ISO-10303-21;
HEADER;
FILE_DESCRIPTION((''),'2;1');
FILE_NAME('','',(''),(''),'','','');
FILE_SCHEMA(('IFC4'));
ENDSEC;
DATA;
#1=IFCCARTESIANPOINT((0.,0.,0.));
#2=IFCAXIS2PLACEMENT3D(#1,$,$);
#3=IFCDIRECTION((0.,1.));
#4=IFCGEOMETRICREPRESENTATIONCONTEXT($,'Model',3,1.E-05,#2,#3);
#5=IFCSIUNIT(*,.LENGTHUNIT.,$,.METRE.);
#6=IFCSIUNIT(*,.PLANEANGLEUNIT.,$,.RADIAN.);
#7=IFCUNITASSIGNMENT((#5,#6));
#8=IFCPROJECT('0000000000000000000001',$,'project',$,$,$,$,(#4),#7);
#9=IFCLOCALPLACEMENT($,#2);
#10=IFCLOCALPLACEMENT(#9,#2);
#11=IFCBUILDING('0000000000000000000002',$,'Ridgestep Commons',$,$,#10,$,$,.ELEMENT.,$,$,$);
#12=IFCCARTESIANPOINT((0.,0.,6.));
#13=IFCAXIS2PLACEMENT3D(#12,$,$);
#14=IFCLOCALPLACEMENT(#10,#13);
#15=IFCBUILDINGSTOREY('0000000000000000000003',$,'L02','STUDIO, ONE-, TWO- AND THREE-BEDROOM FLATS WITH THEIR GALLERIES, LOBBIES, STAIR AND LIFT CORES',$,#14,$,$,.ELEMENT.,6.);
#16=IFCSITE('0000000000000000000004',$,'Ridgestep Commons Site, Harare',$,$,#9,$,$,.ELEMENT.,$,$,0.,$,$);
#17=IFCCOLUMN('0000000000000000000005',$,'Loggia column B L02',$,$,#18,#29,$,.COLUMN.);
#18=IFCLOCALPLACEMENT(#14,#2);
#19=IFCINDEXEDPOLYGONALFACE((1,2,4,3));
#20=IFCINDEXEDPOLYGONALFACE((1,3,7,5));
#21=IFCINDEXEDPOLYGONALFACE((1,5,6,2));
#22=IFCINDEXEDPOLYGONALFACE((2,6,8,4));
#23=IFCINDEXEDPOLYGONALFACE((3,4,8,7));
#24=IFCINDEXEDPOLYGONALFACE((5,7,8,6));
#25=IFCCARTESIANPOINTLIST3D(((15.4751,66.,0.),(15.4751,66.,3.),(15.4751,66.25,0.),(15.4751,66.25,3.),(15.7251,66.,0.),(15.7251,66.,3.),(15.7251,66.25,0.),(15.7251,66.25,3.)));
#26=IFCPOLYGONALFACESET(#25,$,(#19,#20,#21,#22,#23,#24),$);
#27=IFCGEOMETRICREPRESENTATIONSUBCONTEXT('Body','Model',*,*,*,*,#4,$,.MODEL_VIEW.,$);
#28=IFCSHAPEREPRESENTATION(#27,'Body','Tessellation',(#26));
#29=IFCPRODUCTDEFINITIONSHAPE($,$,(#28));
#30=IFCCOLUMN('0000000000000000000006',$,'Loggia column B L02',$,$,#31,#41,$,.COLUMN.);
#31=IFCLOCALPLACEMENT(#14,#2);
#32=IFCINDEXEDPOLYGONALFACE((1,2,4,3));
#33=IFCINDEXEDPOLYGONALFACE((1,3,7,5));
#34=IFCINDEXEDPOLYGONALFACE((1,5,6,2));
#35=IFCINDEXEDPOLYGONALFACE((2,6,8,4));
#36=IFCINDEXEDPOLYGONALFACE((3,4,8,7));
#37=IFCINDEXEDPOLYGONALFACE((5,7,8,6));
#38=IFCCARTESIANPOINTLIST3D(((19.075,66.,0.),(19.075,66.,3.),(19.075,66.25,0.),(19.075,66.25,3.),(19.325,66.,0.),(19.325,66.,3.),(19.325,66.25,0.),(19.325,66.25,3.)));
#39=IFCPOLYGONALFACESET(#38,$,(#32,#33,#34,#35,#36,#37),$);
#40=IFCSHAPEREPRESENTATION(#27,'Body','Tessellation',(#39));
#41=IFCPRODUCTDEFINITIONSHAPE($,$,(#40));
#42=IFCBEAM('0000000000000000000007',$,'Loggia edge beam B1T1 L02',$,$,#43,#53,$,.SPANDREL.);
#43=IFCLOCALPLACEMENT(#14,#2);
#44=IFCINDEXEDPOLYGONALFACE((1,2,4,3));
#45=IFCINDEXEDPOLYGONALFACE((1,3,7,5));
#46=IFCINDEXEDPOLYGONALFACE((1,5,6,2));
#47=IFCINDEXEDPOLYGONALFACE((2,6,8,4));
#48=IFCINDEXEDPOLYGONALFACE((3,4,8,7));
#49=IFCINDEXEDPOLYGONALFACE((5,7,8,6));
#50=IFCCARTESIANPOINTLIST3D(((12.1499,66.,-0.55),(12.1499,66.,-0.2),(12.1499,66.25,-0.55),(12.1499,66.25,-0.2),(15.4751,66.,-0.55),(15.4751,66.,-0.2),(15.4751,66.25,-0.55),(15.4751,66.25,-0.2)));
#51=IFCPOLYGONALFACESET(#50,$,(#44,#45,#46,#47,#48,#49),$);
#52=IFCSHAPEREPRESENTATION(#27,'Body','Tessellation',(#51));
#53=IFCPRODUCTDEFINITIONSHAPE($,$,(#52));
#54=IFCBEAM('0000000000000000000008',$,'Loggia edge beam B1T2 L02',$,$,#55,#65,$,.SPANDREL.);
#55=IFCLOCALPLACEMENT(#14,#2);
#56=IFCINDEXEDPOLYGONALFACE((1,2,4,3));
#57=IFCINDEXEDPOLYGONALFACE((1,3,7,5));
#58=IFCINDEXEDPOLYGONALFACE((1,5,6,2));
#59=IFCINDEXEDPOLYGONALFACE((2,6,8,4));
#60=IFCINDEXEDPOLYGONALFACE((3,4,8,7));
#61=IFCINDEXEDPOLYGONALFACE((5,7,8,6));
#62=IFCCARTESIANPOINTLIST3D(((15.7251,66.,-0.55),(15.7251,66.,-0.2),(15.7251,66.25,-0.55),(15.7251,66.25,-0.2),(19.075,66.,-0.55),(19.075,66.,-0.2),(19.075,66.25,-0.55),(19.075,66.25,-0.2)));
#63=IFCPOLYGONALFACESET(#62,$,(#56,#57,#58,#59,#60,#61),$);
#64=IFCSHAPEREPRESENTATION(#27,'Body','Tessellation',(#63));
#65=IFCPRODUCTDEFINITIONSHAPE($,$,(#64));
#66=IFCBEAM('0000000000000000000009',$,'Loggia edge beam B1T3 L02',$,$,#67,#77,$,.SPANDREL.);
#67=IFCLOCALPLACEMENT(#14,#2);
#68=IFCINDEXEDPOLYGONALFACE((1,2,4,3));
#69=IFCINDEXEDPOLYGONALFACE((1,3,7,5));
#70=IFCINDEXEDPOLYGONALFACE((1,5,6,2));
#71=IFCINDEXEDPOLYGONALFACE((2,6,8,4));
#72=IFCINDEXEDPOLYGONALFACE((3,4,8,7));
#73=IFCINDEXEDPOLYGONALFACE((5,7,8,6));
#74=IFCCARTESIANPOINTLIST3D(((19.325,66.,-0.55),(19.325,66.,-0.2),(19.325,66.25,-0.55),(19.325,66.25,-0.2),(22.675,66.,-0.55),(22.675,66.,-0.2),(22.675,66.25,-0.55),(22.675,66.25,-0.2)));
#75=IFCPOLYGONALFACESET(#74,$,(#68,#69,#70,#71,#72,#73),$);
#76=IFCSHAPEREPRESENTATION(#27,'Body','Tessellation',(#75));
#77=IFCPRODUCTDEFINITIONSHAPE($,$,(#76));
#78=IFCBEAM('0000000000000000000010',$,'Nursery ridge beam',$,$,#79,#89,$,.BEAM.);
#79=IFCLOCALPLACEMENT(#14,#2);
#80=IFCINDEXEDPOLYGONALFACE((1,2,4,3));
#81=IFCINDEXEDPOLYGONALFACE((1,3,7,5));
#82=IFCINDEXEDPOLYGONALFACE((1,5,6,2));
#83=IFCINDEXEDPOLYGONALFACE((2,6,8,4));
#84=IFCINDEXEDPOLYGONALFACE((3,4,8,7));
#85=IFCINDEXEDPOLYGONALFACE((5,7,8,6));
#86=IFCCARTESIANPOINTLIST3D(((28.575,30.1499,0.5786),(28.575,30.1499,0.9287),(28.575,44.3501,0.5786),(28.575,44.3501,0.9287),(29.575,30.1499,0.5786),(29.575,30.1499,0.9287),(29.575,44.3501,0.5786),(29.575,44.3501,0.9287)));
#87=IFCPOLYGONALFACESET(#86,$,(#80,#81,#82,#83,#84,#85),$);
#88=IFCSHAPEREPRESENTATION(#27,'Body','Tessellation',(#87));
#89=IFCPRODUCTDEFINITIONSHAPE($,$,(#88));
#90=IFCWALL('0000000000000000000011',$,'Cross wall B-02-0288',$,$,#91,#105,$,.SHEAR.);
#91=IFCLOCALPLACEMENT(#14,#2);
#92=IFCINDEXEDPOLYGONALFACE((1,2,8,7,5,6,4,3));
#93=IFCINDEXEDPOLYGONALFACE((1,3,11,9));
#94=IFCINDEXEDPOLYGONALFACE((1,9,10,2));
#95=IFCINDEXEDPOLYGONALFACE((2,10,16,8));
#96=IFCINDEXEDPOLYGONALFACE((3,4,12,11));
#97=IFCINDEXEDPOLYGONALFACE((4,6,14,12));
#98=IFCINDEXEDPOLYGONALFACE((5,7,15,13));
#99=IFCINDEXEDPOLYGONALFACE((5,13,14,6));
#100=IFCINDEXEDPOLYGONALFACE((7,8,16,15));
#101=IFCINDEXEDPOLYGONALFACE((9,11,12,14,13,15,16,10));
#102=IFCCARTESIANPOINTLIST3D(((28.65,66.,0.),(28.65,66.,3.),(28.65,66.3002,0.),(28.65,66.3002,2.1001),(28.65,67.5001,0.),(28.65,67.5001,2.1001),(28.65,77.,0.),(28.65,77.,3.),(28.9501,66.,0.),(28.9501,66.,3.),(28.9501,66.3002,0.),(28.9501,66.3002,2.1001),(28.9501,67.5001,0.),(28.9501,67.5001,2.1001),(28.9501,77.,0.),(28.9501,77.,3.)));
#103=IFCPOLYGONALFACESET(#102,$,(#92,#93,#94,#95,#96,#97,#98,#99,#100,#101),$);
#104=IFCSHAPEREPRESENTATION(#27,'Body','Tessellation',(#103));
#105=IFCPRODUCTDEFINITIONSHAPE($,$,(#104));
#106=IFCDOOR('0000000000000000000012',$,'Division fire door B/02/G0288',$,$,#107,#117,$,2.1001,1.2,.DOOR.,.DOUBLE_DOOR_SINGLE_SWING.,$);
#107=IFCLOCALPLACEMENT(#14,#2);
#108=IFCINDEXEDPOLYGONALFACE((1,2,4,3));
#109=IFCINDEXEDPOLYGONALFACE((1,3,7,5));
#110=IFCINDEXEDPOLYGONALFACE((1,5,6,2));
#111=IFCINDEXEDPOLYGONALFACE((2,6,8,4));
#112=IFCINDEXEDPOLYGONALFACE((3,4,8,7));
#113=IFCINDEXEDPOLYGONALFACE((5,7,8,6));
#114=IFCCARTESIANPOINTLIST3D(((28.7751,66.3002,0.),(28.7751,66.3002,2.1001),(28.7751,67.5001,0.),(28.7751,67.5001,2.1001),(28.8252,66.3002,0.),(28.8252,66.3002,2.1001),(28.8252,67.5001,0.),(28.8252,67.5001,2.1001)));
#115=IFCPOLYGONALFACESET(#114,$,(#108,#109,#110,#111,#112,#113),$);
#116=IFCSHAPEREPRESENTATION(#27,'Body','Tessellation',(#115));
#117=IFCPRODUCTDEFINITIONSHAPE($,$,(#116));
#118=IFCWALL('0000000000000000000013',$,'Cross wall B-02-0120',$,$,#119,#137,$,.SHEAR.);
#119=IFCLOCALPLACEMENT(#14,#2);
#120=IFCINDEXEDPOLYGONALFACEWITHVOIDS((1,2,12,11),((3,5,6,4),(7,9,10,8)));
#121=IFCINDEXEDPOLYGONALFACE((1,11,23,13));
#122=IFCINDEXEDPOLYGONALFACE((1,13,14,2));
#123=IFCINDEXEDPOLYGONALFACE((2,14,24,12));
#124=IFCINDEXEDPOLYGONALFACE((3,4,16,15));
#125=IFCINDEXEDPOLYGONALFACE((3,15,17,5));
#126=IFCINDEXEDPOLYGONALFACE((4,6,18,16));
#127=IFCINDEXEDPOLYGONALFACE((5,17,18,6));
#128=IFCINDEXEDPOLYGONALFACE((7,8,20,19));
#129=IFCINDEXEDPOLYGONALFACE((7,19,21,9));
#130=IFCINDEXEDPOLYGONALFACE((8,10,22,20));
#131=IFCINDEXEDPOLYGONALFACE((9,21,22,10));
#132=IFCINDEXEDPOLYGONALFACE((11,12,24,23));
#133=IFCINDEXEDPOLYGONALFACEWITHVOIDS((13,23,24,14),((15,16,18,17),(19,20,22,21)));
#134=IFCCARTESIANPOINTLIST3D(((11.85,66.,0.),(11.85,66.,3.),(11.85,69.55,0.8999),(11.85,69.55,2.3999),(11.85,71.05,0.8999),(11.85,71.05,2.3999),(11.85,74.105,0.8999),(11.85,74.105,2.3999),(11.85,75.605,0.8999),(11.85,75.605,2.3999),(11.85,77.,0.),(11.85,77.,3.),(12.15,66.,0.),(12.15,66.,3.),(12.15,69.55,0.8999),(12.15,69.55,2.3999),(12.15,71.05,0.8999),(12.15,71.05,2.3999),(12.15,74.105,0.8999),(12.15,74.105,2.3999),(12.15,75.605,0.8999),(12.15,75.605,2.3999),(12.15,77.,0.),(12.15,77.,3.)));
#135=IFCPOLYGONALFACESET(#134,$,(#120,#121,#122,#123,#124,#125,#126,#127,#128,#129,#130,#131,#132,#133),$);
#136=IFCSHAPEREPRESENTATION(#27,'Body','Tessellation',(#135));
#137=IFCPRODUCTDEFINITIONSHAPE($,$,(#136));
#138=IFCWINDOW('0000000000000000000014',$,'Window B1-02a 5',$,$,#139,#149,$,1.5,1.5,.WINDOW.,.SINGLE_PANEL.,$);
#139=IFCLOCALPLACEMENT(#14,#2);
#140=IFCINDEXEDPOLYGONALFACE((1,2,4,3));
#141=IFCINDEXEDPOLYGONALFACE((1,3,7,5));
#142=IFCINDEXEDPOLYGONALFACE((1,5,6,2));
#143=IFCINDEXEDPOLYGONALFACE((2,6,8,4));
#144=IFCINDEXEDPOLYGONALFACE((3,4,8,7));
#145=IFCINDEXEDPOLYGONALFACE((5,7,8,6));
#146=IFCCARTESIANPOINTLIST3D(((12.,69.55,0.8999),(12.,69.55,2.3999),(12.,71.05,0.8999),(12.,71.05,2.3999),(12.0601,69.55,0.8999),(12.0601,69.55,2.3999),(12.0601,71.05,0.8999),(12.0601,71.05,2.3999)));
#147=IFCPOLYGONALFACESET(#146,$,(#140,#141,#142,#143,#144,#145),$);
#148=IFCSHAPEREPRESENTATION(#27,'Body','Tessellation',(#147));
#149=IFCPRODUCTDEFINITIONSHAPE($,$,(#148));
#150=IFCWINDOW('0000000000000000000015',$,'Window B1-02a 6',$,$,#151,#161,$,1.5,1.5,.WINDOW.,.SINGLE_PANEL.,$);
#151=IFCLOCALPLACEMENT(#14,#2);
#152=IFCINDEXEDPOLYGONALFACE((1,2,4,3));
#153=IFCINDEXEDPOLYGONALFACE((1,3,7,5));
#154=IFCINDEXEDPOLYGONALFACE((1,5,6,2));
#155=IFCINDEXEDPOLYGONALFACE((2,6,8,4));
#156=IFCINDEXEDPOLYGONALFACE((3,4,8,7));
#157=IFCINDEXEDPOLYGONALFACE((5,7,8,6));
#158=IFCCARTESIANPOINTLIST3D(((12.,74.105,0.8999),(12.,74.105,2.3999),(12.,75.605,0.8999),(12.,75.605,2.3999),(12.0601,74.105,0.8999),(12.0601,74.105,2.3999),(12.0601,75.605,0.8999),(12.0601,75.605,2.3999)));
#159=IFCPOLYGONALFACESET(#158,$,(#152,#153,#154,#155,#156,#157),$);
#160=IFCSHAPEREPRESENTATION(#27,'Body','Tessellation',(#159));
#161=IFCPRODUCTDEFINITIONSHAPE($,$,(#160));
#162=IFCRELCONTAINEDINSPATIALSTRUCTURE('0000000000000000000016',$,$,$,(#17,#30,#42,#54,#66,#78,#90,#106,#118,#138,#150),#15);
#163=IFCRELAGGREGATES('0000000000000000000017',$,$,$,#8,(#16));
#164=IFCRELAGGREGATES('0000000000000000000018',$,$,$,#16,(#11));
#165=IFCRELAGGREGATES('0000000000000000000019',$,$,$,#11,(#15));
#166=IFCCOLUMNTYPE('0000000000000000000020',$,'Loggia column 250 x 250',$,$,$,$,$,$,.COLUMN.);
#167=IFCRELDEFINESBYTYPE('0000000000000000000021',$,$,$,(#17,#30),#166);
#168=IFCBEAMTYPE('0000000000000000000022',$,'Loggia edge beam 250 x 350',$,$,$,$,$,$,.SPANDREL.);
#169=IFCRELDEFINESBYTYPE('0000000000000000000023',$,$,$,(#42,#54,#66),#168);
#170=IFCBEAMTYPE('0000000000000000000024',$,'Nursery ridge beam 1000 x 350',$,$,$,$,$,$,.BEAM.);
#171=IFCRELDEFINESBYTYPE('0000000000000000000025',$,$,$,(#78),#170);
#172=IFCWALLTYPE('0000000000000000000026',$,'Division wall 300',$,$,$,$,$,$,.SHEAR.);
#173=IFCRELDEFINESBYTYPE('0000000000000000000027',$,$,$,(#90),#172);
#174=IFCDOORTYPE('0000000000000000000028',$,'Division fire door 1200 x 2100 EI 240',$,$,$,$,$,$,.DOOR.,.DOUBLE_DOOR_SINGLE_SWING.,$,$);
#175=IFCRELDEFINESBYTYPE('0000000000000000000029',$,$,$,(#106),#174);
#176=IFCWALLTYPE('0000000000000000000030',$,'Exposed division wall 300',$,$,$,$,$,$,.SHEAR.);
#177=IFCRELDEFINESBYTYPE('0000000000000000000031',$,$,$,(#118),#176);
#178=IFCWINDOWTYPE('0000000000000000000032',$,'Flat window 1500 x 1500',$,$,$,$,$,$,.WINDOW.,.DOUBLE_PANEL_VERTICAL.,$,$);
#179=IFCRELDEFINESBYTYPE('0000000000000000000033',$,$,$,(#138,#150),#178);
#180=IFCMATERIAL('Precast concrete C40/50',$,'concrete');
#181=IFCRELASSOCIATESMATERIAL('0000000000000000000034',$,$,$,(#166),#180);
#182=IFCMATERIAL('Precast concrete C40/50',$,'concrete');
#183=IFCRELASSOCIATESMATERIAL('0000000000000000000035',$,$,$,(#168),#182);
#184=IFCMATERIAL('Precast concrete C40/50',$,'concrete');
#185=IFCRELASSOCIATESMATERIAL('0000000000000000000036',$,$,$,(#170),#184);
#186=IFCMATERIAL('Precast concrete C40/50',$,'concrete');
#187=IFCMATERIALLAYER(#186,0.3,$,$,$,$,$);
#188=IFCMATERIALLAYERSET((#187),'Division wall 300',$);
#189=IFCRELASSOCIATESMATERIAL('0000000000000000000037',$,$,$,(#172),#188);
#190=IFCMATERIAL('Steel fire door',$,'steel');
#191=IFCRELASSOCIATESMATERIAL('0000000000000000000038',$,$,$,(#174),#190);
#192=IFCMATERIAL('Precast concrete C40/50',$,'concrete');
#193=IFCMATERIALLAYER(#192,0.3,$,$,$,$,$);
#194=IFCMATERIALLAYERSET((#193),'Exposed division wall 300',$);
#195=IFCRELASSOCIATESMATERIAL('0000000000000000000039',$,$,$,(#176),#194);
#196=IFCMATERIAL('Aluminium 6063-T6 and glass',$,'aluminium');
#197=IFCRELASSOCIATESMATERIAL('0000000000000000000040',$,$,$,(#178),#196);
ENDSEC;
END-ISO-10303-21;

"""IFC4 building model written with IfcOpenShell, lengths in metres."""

from ifc_helpers import new_model, si_unit, direction, frame, frame_2d, origin, origin_2d, place, context, subcontext, project, spatial, rectangle, extrude, material, layer, layer_set, material_profile, profile_set, type_object, element, fill, save


model = new_model("IFC4")

# Units and contexts
model_context = context("Model", 3, precision=1e-05, world=origin(), true_north=direction((0.0, 1.0)))
body_context = subcontext(model_context, "Body", "Model", "MODEL_VIEW")
ifc_project = project(units=[si_unit("LENGTHUNIT", "METRE"), si_unit("PLANEANGLEUNIT", "RADIAN")], contexts=[model_context])

# Site, building, storey
site_placement = place(None, origin())
site = spatial("IfcSite", under=ifc_project, at=site_placement, Name="Ridgestep Commons Site, Harare", CompositionType="ELEMENT", RefElevation=0.0)
building_placement = place(site_placement, origin())
building = spatial("IfcBuilding", under=site, at=building_placement, Name="Ridgestep Commons", CompositionType="ELEMENT")
storey_placement = place(building_placement, frame((0.0, 0.0, 6.0)))
storey = spatial("IfcBuildingStorey", under=building, at=storey_placement, Name="L02", Description="STUDIO, ONE-, TWO- AND THREE-BEDROOM FLATS WITH THEIR GALLERIES, LOBBIES, STAIR AND LIFT CORES", CompositionType="ELEMENT", Elevation=6.0)

# Columns
ifc_material_1 = material(Name="Precast concrete C40/50", Category="concrete")
ifc_material_profile_1 = material_profile(ifc_material_1, rectangle(XDim=0.25, YDim=0.25, at=origin_2d()), Name="PC 250x250")
ifc_profile_set_1 = profile_set([ifc_material_profile_1], Name="Precast concrete C40/50")
column_type = type_object("IfcColumnType", Name="Loggia column 250 x 250", PredefinedType="COLUMN", material=ifc_profile_set_1)
for number, where, z_axis, x_axis, name in (
    (1, (15.6001, 66.125, 0.0), (0.0, 0.0, 1.0), (1.0, 0.0, 0.0), "Loggia column B L02"),
    (2, (19.2, 66.125, 0.0), (0.0, 0.0, 1.0), (1.0, 0.0, 0.0), "Loggia column B L02"),
):
    element("IfcColumn", number, at=place(storey_placement, frame(where, z_axis=z_axis, x_axis=x_axis)), inside=storey, type_object=column_type, Name=name, PredefinedType="COLUMN", context=body_context, shape_type="SweptSolid", body=[
        extrude(rectangle(XDim=0.25, YDim=0.25, at=origin_2d()), origin(), (0.0, 0.0, 1.0), 3.0),
    ])

# Beams
ifc_material_2 = material(Name="Precast concrete C40/50", Category="concrete")
ifc_material_profile_2 = material_profile(ifc_material_2, rectangle(XDim=0.25, YDim=0.3501, at=origin_2d()), Name="PC 250x350")
ifc_profile_set_2 = profile_set([ifc_material_profile_2], Name="Precast concrete C40/50")
beam_type_1 = type_object("IfcBeamType", Name="Loggia edge beam 250 x 350", PredefinedType="SPANDREL", material=ifc_profile_set_2)
beam_1_placement = place(storey_placement, frame((12.1499, 66.125, -0.375), z_axis=(1.0, 0.0, 0.0), x_axis=(0.0, 1.0, 0.0)))
element("IfcBeam", 3, at=beam_1_placement, inside=storey, type_object=beam_type_1, Name="Loggia edge beam B1T1 L02", PredefinedType="SPANDREL", context=body_context, shape_type="SweptSolid", body=[
    extrude(rectangle(XDim=0.25, YDim=0.3501, at=origin_2d()), origin(), (0.0, 0.0, 1.0), 3.3252),
])
beam_2_placement = place(storey_placement, frame((15.7251, 66.125, -0.375), z_axis=(1.0, 0.0, 0.0), x_axis=(0.0, 1.0, 0.0)))
element("IfcBeam", 4, at=beam_2_placement, inside=storey, type_object=beam_type_1, Name="Loggia edge beam B1T2 L02", PredefinedType="SPANDREL", context=body_context, shape_type="SweptSolid", body=[
    extrude(rectangle(XDim=0.25, YDim=0.3501, at=origin_2d()), origin(), (0.0, 0.0, 1.0), 3.3499),
])
beam_3_placement = place(storey_placement, frame((19.325, 66.125, -0.375), z_axis=(1.0, 0.0, 0.0), x_axis=(0.0, 1.0, 0.0)))
element("IfcBeam", 5, at=beam_3_placement, inside=storey, type_object=beam_type_1, Name="Loggia edge beam B1T3 L02", PredefinedType="SPANDREL", context=body_context, shape_type="SweptSolid", body=[
    extrude(rectangle(XDim=0.25, YDim=0.3501, at=origin_2d()), origin(), (0.0, 0.0, 1.0), 3.3501),
])
ifc_material_3 = material(Name="Precast concrete C40/50", Category="concrete")
ifc_material_profile_3 = material_profile(ifc_material_3, rectangle(XDim=1.0, YDim=0.3501, at=origin_2d()), Name="Nursery ridge beam 1000 x 350")
ifc_profile_set_3 = profile_set([ifc_material_profile_3], Name="Precast concrete C40/50")
beam_type_2 = type_object("IfcBeamType", Name="Nursery ridge beam 1000 x 350", PredefinedType="BEAM", material=ifc_profile_set_3)
beam_4_placement = place(storey_placement, frame((29.075, 30.1499, 0.7537), z_axis=(0.0, 1.0, 0.0), x_axis=(-1.0, 0.0, 0.0)))
element("IfcBeam", 6, at=beam_4_placement, inside=storey, type_object=beam_type_2, Name="Nursery ridge beam", PredefinedType="BEAM", context=body_context, shape_type="SweptSolid", body=[
    extrude(rectangle(XDim=1.0, YDim=0.3501, at=origin_2d()), origin(), (0.0, 0.0, 1.0), 14.2002),
])

# Wall, opening, door
ifc_material_4 = material(Name="Precast concrete C40/50", Category="concrete")
ifc_layer_1 = layer(ifc_material_4, 0.3)
ifc_layer_set_1 = layer_set([ifc_layer_1], Name="Division wall 300")
wall_type_1 = type_object("IfcWallType", Name="Division wall 300", PredefinedType="SHEAR", material=ifc_layer_set_1)
wall_1_placement = place(storey_placement, frame((28.8, 66.0, 0.0), z_axis=(0.0, 0.0, 1.0), x_axis=(0.0, 1.0, 0.0)))
wall_1 = element("IfcWall", 7, at=wall_1_placement, inside=storey, type_object=wall_type_1, Name="Cross wall B-02-0288", PredefinedType="SHEAR", context=body_context, shape_type="SweptSolid", body=[
    extrude(rectangle(XDim=11.0, YDim=0.3, at=frame_2d((5.5, 0.0))), origin(), (0.0, 0.0, 1.0), 3.0),
])
opening_1_placement = place(wall_1_placement, frame((0.3, 0.0, 0.0)))
opening_1 = element("IfcOpeningElement", 8, at=opening_1_placement, cuts=wall_1, PredefinedType="OPENING", context=body_context, shape_type="SweptSolid", body=[
    extrude(rectangle(XDim=1.2, YDim=2.1001, at=frame_2d((0.6001, 1.05))), frame((0.0, 0.1599, 0.0), z_axis=(0.0, -1.0, 0.0), x_axis=(1.0, 0.0, 0.0)), (0.0, 0.0, 1.0), 0.3201),
])
ifc_material_5 = material(Name="Steel fire door", Category="steel")
door_type = type_object("IfcDoorType", Name="Division fire door 1200 x 2100 EI 240", OperationType="DOUBLE_DOOR_SINGLE_SWING", PredefinedType="DOOR", material=ifc_material_5)
door_placement = place(opening_1_placement, origin())
door = element("IfcDoor", 9, at=door_placement, inside=storey, type_object=door_type, Name="Division fire door B/02/G0288", OperationType="DOUBLE_DOOR_SINGLE_SWING", OverallHeight=2.1001, OverallWidth=1.2, PredefinedType="DOOR", context=body_context, shape_type="SweptSolid", body=[
    extrude(rectangle(XDim=1.2, YDim=2.1001, at=frame_2d((0.6001, 1.05))), frame((0.0, 0.0249, 0.0), z_axis=(0.0, -1.0, 0.0), x_axis=(1.0, 0.0, 0.0)), (0.0, 0.0, 1.0), 0.05),
])
fill(opening_1, door)

# Wall, openings, windows
ifc_material_6 = material(Name="Precast concrete C40/50", Category="concrete")
ifc_layer_2 = layer(ifc_material_6, 0.3)
ifc_layer_set_2 = layer_set([ifc_layer_2], Name="Exposed division wall 300")
wall_type_2 = type_object("IfcWallType", Name="Exposed division wall 300", PredefinedType="SHEAR", material=ifc_layer_set_2)
wall_2_placement = place(storey_placement, frame((12.0, 66.0, 0.0), z_axis=(0.0, 0.0, 1.0), x_axis=(0.0, 1.0, 0.0)))
wall_2 = element("IfcWall", 10, at=wall_2_placement, inside=storey, type_object=wall_type_2, Name="Cross wall B-02-0120", PredefinedType="SHEAR", context=body_context, shape_type="SweptSolid", body=[
    extrude(rectangle(XDim=11.0, YDim=0.3, at=frame_2d((5.5, 0.0))), origin(), (0.0, 0.0, 1.0), 3.0),
])
opening_2_placement = place(wall_2_placement, frame((3.55, 0.0, 0.8999)))
opening_2 = element("IfcOpeningElement", 11, at=opening_2_placement, cuts=wall_2, PredefinedType="OPENING", context=body_context, shape_type="SweptSolid", body=[
    extrude(rectangle(XDim=1.5, YDim=1.5, at=frame_2d((0.75, 0.75))), frame((0.0, 0.1599, 0.0), z_axis=(0.0, -1.0, 0.0), x_axis=(1.0, 0.0, 0.0)), (0.0, 0.0, 1.0), 0.3201),
])
opening_3_placement = place(wall_2_placement, frame((8.105, 0.0, 0.8999)))
opening_3 = element("IfcOpeningElement", 12, at=opening_3_placement, cuts=wall_2, PredefinedType="OPENING", context=body_context, shape_type="SweptSolid", body=[
    extrude(rectangle(XDim=1.5, YDim=1.5, at=frame_2d((0.75, 0.75))), frame((0.0, 0.1599, 0.0), z_axis=(0.0, -1.0, 0.0), x_axis=(1.0, 0.0, 0.0)), (0.0, 0.0, 1.0), 0.3201),
])
ifc_material_7 = material(Name="Aluminium 6063-T6 and glass", Category="aluminium")
window_type = type_object("IfcWindowType", Name="Flat window 1500 x 1500", PartitioningType="DOUBLE_PANEL_VERTICAL", PredefinedType="WINDOW", material=ifc_material_7)
window_1_placement = place(opening_2_placement, origin())
window_1 = element("IfcWindow", 13, at=window_1_placement, inside=storey, type_object=window_type, Name="Window B1-02a 5", OverallHeight=1.5, OverallWidth=1.5, PartitioningType="SINGLE_PANEL", PredefinedType="WINDOW", context=body_context, shape_type="SweptSolid", body=[
    extrude(rectangle(XDim=1.5, YDim=1.5, at=frame_2d((0.75, 0.75))), frame((0.0, 0.0, 0.0), z_axis=(0.0, -1.0, 0.0), x_axis=(1.0, 0.0, 0.0)), (0.0, 0.0, 1.0), 0.0601),
])
fill(opening_2, window_1)
window_2_placement = place(opening_3_placement, origin())
window_2 = element("IfcWindow", 14, at=window_2_placement, inside=storey, type_object=window_type, Name="Window B1-02a 6", OverallHeight=1.5, OverallWidth=1.5, PartitioningType="SINGLE_PANEL", PredefinedType="WINDOW", context=body_context, shape_type="SweptSolid", body=[
    extrude(rectangle(XDim=1.5, YDim=1.5, at=frame_2d((0.75, 0.75))), frame((0.0, 0.0, 0.0), z_axis=(0.0, -1.0, 0.0), x_axis=(1.0, 0.0, 0.0)), (0.0, 0.0, 1.0), 0.0601),
])
fill(opening_3, window_2)

save(model, "model.ifc")
